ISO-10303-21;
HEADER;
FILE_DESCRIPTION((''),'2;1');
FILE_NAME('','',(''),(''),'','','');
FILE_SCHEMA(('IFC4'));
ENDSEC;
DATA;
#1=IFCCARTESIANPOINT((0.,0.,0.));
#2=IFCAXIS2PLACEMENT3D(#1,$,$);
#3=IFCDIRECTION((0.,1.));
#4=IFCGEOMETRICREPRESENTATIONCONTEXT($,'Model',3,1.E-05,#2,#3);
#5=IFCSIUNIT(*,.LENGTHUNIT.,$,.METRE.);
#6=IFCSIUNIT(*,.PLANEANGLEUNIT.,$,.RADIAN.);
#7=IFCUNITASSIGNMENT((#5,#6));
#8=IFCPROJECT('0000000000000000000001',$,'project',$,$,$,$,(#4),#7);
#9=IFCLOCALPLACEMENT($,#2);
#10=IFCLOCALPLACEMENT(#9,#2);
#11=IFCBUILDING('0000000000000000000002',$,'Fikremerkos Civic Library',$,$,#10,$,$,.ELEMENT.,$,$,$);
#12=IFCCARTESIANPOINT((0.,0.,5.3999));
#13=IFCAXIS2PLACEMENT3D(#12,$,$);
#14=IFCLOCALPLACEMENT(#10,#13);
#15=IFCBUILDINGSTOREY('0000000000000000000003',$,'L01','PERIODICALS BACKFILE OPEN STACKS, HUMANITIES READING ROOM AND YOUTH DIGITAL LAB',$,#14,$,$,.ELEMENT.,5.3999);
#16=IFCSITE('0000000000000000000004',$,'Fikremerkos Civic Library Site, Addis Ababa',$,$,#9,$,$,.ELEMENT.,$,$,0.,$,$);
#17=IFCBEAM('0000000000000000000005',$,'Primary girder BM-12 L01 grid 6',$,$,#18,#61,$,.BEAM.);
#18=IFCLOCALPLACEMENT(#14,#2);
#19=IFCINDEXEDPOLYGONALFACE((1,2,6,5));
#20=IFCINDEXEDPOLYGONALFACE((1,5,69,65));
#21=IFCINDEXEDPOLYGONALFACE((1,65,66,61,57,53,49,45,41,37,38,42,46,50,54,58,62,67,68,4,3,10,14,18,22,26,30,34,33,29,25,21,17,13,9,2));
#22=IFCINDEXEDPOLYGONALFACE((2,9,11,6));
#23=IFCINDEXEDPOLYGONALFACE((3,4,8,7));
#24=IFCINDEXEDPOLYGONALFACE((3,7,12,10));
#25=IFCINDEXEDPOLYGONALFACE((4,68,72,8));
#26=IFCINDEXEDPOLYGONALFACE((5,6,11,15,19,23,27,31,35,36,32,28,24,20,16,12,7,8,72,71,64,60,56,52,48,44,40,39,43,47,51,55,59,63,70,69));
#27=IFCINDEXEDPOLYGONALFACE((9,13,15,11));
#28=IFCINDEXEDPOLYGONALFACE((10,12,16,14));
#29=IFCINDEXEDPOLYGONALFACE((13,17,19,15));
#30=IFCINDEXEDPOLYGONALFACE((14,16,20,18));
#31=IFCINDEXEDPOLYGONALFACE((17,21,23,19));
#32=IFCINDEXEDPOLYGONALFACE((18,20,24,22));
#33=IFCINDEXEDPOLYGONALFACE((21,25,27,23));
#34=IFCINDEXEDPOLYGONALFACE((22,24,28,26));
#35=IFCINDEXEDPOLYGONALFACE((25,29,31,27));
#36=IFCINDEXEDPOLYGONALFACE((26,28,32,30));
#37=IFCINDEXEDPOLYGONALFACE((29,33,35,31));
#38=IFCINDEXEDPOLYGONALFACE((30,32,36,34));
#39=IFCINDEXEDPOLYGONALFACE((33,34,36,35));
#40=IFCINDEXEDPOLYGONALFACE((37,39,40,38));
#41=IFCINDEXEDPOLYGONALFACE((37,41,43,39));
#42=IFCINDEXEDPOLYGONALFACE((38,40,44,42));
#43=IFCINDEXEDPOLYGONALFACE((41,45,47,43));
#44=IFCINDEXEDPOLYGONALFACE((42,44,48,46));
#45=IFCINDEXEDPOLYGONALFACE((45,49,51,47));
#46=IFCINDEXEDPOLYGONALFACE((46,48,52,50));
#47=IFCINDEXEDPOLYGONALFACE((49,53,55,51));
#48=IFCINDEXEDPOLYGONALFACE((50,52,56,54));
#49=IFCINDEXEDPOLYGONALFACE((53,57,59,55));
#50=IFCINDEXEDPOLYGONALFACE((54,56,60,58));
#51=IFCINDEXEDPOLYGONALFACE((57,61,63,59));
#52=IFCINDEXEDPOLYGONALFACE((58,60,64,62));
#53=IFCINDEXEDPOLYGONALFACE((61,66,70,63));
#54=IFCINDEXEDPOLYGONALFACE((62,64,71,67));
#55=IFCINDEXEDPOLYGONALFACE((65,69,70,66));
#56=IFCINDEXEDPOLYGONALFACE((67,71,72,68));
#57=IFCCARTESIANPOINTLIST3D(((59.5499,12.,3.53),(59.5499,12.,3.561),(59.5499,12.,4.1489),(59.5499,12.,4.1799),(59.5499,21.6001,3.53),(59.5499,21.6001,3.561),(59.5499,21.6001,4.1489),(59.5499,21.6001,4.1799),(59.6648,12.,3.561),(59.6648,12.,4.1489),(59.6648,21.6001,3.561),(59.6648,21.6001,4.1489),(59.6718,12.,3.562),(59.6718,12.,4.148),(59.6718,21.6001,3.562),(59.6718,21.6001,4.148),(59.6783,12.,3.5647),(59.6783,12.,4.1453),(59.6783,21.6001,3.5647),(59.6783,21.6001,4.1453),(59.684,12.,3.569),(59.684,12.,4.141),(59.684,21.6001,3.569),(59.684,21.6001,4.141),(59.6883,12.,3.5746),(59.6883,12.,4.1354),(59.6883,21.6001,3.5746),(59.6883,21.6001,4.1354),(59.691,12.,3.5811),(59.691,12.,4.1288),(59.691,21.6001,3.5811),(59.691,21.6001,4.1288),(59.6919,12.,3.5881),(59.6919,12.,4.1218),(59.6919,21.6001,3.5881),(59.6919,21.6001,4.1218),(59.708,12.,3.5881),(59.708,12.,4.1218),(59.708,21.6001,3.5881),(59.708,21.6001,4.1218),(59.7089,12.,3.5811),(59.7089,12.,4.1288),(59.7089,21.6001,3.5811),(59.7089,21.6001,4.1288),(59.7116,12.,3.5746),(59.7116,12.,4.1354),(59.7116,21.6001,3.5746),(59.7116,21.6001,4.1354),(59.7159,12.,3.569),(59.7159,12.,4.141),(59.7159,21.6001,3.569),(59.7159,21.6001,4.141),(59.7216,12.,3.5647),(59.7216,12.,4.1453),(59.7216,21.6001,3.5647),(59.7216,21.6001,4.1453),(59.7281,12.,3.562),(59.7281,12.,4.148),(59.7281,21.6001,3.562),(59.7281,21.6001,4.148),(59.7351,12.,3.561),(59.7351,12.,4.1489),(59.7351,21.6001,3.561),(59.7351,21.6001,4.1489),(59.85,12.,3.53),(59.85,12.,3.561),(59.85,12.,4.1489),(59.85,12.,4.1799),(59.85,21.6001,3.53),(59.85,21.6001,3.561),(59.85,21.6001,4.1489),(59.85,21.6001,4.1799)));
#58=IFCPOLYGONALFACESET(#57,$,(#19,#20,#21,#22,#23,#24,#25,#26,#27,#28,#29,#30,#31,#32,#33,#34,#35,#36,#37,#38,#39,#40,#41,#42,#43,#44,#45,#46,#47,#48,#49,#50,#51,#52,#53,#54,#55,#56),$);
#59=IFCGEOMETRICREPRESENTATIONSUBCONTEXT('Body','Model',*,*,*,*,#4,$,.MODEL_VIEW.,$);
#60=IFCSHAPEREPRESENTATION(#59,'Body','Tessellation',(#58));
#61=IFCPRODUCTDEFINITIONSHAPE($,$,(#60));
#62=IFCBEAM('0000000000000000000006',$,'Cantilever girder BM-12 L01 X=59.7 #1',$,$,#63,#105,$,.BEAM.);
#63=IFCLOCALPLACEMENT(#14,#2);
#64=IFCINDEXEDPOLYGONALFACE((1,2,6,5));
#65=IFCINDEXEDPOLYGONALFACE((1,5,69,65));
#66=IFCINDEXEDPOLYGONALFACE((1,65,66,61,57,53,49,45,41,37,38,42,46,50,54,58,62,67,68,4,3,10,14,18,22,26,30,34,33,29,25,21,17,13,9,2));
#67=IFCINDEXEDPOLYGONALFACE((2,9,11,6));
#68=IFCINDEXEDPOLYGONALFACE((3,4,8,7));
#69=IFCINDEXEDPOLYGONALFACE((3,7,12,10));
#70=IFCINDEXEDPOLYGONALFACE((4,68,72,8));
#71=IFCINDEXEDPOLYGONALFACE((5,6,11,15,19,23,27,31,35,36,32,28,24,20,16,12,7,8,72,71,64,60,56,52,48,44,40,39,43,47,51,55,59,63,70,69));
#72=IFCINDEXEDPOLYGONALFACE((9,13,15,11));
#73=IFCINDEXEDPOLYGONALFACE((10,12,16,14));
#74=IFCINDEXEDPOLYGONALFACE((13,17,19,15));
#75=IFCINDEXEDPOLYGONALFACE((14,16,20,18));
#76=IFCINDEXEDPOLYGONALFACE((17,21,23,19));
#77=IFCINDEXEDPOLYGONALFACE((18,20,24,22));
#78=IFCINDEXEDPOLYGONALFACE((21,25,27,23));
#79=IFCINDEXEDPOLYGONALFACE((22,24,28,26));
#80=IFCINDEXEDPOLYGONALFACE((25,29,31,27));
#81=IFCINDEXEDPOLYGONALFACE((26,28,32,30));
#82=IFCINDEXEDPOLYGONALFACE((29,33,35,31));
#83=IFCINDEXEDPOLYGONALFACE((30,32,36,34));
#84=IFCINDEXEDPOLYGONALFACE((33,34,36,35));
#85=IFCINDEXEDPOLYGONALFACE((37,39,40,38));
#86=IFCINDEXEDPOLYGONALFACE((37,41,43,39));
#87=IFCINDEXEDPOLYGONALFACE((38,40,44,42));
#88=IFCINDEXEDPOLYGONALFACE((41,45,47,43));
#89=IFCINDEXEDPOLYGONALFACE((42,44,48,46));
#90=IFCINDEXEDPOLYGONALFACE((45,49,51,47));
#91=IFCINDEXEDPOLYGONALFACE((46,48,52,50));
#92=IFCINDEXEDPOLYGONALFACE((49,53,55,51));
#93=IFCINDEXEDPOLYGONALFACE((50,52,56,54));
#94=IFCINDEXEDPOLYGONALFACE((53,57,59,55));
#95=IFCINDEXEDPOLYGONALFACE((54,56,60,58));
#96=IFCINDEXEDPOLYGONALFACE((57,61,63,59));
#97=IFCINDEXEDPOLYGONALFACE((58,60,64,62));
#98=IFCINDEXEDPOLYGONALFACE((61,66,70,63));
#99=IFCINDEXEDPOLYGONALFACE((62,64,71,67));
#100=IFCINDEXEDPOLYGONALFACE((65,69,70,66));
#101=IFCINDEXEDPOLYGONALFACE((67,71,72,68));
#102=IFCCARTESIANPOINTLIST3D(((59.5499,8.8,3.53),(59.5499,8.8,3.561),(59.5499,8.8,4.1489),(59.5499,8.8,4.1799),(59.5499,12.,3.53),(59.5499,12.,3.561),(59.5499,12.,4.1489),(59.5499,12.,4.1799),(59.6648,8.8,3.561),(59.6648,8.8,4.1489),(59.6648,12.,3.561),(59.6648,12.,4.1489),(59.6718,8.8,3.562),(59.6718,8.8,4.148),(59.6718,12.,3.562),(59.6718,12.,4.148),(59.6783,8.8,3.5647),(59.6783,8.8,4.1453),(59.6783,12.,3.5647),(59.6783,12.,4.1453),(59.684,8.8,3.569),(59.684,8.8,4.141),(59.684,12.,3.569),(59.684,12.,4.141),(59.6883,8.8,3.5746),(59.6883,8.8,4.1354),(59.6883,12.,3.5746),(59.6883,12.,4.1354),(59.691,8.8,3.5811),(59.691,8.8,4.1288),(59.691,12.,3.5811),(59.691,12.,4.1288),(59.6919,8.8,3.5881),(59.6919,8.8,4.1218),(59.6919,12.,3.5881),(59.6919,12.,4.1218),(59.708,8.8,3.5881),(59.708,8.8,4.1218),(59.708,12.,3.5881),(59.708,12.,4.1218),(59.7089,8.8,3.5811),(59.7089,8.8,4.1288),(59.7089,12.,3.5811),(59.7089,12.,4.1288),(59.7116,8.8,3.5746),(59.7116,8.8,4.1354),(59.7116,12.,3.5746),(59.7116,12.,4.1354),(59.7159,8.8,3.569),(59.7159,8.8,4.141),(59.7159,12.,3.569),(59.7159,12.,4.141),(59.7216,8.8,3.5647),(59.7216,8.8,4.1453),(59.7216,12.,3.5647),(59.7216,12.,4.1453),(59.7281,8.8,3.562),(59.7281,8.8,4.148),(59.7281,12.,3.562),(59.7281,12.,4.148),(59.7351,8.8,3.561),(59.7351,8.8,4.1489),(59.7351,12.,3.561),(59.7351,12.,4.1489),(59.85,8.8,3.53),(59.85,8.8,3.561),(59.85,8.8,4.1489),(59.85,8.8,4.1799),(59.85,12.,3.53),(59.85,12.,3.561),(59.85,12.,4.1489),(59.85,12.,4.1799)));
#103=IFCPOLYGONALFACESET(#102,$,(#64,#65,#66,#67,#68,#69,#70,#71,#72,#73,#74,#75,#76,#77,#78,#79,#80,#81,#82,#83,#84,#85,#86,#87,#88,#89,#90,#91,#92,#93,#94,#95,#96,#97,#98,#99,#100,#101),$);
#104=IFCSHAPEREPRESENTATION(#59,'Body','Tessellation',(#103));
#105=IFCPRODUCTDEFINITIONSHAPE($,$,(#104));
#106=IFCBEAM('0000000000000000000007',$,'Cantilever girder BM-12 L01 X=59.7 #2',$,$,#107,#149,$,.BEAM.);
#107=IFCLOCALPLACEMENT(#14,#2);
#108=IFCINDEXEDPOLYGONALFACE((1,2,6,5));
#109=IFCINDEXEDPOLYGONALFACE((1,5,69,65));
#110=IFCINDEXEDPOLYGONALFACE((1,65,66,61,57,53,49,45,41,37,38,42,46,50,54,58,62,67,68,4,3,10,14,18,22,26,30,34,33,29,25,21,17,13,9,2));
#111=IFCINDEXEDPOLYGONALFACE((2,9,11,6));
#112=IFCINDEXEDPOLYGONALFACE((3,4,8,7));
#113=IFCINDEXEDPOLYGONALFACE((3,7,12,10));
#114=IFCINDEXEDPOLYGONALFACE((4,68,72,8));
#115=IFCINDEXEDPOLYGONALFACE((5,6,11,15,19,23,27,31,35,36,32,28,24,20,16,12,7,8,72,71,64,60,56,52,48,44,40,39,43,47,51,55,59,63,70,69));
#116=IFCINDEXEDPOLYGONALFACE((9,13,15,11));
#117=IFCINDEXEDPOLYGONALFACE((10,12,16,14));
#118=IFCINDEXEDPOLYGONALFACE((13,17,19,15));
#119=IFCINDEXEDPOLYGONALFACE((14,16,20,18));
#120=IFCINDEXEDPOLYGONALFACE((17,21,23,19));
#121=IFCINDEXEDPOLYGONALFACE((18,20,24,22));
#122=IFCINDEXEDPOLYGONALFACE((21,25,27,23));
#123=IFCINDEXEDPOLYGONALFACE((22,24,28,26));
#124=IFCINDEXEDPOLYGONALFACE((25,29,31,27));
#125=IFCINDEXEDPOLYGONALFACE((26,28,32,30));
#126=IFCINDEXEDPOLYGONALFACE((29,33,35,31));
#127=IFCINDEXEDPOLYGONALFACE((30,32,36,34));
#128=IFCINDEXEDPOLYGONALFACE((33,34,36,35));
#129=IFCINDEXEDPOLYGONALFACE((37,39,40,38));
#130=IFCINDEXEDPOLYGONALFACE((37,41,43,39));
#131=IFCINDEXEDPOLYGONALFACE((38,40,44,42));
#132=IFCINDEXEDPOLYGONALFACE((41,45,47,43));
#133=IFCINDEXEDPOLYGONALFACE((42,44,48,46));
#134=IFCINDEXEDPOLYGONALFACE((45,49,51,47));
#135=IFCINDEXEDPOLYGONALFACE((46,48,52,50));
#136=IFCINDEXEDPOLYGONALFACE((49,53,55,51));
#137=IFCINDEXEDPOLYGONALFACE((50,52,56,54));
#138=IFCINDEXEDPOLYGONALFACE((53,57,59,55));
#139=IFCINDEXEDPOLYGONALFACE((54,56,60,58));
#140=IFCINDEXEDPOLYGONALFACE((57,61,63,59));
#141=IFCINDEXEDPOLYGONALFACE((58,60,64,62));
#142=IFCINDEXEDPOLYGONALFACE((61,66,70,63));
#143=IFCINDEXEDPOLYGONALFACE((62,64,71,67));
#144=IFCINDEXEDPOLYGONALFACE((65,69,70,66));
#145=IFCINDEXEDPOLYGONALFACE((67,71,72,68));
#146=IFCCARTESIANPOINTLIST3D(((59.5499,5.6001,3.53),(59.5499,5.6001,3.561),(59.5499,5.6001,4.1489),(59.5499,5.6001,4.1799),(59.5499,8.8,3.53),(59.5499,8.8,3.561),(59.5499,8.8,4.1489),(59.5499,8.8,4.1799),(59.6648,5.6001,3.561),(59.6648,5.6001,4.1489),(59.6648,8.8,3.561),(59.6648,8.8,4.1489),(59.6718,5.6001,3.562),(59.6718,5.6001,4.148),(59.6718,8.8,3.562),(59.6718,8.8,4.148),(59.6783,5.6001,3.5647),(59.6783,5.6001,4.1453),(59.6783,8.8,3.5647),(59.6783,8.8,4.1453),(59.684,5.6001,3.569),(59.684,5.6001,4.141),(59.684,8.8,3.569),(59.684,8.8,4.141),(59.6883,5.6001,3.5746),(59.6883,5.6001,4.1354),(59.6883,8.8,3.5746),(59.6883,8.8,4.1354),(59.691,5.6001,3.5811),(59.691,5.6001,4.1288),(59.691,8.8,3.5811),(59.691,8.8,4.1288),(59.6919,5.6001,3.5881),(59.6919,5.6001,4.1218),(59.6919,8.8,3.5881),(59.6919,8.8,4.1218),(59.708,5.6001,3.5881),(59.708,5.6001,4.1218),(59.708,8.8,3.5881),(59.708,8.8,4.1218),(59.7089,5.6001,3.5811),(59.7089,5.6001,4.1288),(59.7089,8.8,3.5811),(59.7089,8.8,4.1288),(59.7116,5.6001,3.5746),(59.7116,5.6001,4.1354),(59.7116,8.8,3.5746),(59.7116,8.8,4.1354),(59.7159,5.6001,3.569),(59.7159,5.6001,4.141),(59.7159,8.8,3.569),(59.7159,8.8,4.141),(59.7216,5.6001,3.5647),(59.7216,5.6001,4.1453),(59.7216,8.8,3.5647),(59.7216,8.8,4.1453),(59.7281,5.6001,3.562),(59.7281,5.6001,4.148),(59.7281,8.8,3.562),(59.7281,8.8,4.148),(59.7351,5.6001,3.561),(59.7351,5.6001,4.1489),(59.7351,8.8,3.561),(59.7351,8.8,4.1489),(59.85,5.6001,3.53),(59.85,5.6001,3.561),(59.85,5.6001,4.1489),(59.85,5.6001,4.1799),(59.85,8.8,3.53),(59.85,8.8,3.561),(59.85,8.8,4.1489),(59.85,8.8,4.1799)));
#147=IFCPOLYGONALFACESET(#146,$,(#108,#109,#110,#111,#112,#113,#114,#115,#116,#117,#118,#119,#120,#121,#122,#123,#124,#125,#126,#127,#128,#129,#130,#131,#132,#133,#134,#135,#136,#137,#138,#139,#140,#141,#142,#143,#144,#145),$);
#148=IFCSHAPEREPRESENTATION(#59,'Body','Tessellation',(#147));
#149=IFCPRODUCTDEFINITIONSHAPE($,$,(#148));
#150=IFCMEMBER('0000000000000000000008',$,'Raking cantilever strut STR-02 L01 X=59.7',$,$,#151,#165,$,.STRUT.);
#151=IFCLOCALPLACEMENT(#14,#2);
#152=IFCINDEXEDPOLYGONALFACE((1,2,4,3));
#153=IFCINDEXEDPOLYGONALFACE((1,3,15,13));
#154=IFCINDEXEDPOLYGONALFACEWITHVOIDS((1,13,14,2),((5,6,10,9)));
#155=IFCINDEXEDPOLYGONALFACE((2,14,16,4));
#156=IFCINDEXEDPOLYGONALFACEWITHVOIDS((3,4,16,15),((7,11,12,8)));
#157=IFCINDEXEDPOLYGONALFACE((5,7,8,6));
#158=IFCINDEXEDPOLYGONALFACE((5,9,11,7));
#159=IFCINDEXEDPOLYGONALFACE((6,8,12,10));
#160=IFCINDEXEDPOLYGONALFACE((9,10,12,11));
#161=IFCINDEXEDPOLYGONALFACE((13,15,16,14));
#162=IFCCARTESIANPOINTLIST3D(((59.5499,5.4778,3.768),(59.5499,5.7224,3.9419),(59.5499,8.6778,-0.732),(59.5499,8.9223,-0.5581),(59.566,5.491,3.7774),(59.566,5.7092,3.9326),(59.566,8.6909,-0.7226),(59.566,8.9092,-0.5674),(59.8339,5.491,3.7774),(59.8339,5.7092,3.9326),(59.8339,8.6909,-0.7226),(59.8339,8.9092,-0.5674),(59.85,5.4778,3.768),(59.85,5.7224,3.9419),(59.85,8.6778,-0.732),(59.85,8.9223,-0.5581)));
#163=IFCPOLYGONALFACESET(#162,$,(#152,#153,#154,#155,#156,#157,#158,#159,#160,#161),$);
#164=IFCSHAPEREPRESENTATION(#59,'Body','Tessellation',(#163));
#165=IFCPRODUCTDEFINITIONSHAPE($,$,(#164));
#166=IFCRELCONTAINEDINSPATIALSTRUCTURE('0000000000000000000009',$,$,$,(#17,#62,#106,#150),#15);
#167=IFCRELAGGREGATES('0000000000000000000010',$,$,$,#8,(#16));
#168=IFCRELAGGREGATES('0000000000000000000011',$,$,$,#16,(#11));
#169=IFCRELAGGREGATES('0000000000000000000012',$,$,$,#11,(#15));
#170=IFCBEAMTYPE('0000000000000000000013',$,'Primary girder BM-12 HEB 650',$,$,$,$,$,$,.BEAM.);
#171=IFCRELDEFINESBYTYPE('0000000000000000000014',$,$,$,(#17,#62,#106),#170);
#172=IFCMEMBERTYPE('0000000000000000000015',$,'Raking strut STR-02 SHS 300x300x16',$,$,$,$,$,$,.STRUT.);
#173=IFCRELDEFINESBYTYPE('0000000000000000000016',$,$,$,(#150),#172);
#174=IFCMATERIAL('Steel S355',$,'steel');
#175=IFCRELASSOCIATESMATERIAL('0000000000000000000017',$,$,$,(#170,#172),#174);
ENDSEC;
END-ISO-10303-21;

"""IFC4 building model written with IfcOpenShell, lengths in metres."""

from ifc_helpers import new_model, si_unit, direction, frame, origin, origin_2d, place, context, subcontext, project, spatial, hollow_rectangle, i_section, extrude, material, material_profile, profile_set, type_object, element, save


model = new_model("IFC4")

# Units and contexts
model_context = context("Model", 3, precision=1e-05, world=origin(), true_north=direction((0.0, 1.0)))
body_context = subcontext(model_context, "Body", "Model", "MODEL_VIEW")
ifc_project = project(units=[si_unit("LENGTHUNIT", "METRE"), si_unit("PLANEANGLEUNIT", "RADIAN")], contexts=[model_context])

# Site, building, storey
site_placement = place(None, origin())
site = spatial("IfcSite", under=ifc_project, at=site_placement, Name="Fikremerkos Civic Library Site, Addis Ababa", CompositionType="ELEMENT", RefElevation=0.0)
building_placement = place(site_placement, origin())
building = spatial("IfcBuilding", under=site, at=building_placement, Name="Fikremerkos Civic Library", CompositionType="ELEMENT")
storey_placement = place(building_placement, frame((0.0, 0.0, 5.3999)))
storey = spatial("IfcBuildingStorey", under=building, at=storey_placement, Name="L01", Description="PERIODICALS BACKFILE OPEN STACKS, HUMANITIES READING ROOM AND YOUTH DIGITAL LAB", CompositionType="ELEMENT", Elevation=5.3999)

# Shared definitions
ifc_material_1 = material(Name="Steel S355", Category="steel")

# Beams
ifc_material_profile_1 = material_profile(ifc_material_1, i_section(OverallWidth=0.3, OverallDepth=0.6499, WebThickness=0.0161, FlangeThickness=0.031, FilletRadius=0.0271, at=origin_2d()), Name="HEB 650")
ifc_profile_set_1 = profile_set([ifc_material_profile_1], Name="Steel S355")
beam_type_1 = type_object("IfcBeamType", Name="Primary girder BM-12 HEB 650", PredefinedType="BEAM", material=ifc_profile_set_1)
beam_1_placement = place(storey_placement, frame((59.7, 12.0, 3.855), z_axis=(0.0, 1.0, 0.0), x_axis=(-1.0, 0.0, 0.0)))
element("IfcBeam", 1, at=beam_1_placement, inside=storey, type_object=beam_type_1, Name="Primary girder BM-12 L01 grid 6", PredefinedType="BEAM", context=body_context, shape_type="SweptSolid", body=[
    extrude(i_section(OverallWidth=0.3, OverallDepth=0.6499, WebThickness=0.0161, FlangeThickness=0.031, FilletRadius=0.0271, at=origin_2d()), origin(), (0.0, 0.0, 1.0), 9.6001),
])
for number, where, z_axis, x_axis, name in (
    (2, (59.7, 12.0, 3.855), (0.0, -1.0, 0.0), (1.0, 0.0, 0.0), "Cantilever girder BM-12 L01 X=59.7 #1"),
    (3, (59.7, 8.8, 3.855), (0.0, -1.0, 0.0), (1.0, 0.0, 0.0), "Cantilever girder BM-12 L01 X=59.7 #2"),
):
    element("IfcBeam", number, at=place(storey_placement, frame(where, z_axis=z_axis, x_axis=x_axis)), inside=storey, type_object=beam_type_1, Name=name, PredefinedType="BEAM", context=body_context, shape_type="SweptSolid", body=[
        extrude(i_section(OverallWidth=0.3, OverallDepth=0.6499, WebThickness=0.0161, FlangeThickness=0.031, FilletRadius=0.0271, at=origin_2d()), origin(), (0.0, 0.0, 1.0), 3.2),
    ])

# Member
ifc_material_profile_2 = material_profile(ifc_material_1, hollow_rectangle(XDim=0.3, YDim=0.3, WallThickness=0.0161, at=origin_2d()), Name="SHS 300x300x16")
ifc_profile_set_2 = profile_set([ifc_material_profile_2], Name="Steel S355")
member_type_1 = type_object("IfcMemberType", Name="Raking strut STR-02 SHS 300x300x16", PredefinedType="STRUT", material=ifc_profile_set_2)
member_1_placement = place(storey_placement, frame((59.7, 8.8, -0.645), z_axis=(0.0, -0.579518, 0.81496), x_axis=(1.0, 0.0, 0.0)))
element("IfcMember", 4, at=member_1_placement, inside=storey, type_object=member_type_1, Name="Raking cantilever strut STR-02 L01 X=59.7", PredefinedType="STRUT", context=body_context, shape_type="SweptSolid", body=[
    extrude(hollow_rectangle(XDim=0.3, YDim=0.3, WallThickness=0.0161, at=origin_2d()), origin(), (0.0, 0.0, 1.0), 5.5217),
])

save(model, "model.ifc")
